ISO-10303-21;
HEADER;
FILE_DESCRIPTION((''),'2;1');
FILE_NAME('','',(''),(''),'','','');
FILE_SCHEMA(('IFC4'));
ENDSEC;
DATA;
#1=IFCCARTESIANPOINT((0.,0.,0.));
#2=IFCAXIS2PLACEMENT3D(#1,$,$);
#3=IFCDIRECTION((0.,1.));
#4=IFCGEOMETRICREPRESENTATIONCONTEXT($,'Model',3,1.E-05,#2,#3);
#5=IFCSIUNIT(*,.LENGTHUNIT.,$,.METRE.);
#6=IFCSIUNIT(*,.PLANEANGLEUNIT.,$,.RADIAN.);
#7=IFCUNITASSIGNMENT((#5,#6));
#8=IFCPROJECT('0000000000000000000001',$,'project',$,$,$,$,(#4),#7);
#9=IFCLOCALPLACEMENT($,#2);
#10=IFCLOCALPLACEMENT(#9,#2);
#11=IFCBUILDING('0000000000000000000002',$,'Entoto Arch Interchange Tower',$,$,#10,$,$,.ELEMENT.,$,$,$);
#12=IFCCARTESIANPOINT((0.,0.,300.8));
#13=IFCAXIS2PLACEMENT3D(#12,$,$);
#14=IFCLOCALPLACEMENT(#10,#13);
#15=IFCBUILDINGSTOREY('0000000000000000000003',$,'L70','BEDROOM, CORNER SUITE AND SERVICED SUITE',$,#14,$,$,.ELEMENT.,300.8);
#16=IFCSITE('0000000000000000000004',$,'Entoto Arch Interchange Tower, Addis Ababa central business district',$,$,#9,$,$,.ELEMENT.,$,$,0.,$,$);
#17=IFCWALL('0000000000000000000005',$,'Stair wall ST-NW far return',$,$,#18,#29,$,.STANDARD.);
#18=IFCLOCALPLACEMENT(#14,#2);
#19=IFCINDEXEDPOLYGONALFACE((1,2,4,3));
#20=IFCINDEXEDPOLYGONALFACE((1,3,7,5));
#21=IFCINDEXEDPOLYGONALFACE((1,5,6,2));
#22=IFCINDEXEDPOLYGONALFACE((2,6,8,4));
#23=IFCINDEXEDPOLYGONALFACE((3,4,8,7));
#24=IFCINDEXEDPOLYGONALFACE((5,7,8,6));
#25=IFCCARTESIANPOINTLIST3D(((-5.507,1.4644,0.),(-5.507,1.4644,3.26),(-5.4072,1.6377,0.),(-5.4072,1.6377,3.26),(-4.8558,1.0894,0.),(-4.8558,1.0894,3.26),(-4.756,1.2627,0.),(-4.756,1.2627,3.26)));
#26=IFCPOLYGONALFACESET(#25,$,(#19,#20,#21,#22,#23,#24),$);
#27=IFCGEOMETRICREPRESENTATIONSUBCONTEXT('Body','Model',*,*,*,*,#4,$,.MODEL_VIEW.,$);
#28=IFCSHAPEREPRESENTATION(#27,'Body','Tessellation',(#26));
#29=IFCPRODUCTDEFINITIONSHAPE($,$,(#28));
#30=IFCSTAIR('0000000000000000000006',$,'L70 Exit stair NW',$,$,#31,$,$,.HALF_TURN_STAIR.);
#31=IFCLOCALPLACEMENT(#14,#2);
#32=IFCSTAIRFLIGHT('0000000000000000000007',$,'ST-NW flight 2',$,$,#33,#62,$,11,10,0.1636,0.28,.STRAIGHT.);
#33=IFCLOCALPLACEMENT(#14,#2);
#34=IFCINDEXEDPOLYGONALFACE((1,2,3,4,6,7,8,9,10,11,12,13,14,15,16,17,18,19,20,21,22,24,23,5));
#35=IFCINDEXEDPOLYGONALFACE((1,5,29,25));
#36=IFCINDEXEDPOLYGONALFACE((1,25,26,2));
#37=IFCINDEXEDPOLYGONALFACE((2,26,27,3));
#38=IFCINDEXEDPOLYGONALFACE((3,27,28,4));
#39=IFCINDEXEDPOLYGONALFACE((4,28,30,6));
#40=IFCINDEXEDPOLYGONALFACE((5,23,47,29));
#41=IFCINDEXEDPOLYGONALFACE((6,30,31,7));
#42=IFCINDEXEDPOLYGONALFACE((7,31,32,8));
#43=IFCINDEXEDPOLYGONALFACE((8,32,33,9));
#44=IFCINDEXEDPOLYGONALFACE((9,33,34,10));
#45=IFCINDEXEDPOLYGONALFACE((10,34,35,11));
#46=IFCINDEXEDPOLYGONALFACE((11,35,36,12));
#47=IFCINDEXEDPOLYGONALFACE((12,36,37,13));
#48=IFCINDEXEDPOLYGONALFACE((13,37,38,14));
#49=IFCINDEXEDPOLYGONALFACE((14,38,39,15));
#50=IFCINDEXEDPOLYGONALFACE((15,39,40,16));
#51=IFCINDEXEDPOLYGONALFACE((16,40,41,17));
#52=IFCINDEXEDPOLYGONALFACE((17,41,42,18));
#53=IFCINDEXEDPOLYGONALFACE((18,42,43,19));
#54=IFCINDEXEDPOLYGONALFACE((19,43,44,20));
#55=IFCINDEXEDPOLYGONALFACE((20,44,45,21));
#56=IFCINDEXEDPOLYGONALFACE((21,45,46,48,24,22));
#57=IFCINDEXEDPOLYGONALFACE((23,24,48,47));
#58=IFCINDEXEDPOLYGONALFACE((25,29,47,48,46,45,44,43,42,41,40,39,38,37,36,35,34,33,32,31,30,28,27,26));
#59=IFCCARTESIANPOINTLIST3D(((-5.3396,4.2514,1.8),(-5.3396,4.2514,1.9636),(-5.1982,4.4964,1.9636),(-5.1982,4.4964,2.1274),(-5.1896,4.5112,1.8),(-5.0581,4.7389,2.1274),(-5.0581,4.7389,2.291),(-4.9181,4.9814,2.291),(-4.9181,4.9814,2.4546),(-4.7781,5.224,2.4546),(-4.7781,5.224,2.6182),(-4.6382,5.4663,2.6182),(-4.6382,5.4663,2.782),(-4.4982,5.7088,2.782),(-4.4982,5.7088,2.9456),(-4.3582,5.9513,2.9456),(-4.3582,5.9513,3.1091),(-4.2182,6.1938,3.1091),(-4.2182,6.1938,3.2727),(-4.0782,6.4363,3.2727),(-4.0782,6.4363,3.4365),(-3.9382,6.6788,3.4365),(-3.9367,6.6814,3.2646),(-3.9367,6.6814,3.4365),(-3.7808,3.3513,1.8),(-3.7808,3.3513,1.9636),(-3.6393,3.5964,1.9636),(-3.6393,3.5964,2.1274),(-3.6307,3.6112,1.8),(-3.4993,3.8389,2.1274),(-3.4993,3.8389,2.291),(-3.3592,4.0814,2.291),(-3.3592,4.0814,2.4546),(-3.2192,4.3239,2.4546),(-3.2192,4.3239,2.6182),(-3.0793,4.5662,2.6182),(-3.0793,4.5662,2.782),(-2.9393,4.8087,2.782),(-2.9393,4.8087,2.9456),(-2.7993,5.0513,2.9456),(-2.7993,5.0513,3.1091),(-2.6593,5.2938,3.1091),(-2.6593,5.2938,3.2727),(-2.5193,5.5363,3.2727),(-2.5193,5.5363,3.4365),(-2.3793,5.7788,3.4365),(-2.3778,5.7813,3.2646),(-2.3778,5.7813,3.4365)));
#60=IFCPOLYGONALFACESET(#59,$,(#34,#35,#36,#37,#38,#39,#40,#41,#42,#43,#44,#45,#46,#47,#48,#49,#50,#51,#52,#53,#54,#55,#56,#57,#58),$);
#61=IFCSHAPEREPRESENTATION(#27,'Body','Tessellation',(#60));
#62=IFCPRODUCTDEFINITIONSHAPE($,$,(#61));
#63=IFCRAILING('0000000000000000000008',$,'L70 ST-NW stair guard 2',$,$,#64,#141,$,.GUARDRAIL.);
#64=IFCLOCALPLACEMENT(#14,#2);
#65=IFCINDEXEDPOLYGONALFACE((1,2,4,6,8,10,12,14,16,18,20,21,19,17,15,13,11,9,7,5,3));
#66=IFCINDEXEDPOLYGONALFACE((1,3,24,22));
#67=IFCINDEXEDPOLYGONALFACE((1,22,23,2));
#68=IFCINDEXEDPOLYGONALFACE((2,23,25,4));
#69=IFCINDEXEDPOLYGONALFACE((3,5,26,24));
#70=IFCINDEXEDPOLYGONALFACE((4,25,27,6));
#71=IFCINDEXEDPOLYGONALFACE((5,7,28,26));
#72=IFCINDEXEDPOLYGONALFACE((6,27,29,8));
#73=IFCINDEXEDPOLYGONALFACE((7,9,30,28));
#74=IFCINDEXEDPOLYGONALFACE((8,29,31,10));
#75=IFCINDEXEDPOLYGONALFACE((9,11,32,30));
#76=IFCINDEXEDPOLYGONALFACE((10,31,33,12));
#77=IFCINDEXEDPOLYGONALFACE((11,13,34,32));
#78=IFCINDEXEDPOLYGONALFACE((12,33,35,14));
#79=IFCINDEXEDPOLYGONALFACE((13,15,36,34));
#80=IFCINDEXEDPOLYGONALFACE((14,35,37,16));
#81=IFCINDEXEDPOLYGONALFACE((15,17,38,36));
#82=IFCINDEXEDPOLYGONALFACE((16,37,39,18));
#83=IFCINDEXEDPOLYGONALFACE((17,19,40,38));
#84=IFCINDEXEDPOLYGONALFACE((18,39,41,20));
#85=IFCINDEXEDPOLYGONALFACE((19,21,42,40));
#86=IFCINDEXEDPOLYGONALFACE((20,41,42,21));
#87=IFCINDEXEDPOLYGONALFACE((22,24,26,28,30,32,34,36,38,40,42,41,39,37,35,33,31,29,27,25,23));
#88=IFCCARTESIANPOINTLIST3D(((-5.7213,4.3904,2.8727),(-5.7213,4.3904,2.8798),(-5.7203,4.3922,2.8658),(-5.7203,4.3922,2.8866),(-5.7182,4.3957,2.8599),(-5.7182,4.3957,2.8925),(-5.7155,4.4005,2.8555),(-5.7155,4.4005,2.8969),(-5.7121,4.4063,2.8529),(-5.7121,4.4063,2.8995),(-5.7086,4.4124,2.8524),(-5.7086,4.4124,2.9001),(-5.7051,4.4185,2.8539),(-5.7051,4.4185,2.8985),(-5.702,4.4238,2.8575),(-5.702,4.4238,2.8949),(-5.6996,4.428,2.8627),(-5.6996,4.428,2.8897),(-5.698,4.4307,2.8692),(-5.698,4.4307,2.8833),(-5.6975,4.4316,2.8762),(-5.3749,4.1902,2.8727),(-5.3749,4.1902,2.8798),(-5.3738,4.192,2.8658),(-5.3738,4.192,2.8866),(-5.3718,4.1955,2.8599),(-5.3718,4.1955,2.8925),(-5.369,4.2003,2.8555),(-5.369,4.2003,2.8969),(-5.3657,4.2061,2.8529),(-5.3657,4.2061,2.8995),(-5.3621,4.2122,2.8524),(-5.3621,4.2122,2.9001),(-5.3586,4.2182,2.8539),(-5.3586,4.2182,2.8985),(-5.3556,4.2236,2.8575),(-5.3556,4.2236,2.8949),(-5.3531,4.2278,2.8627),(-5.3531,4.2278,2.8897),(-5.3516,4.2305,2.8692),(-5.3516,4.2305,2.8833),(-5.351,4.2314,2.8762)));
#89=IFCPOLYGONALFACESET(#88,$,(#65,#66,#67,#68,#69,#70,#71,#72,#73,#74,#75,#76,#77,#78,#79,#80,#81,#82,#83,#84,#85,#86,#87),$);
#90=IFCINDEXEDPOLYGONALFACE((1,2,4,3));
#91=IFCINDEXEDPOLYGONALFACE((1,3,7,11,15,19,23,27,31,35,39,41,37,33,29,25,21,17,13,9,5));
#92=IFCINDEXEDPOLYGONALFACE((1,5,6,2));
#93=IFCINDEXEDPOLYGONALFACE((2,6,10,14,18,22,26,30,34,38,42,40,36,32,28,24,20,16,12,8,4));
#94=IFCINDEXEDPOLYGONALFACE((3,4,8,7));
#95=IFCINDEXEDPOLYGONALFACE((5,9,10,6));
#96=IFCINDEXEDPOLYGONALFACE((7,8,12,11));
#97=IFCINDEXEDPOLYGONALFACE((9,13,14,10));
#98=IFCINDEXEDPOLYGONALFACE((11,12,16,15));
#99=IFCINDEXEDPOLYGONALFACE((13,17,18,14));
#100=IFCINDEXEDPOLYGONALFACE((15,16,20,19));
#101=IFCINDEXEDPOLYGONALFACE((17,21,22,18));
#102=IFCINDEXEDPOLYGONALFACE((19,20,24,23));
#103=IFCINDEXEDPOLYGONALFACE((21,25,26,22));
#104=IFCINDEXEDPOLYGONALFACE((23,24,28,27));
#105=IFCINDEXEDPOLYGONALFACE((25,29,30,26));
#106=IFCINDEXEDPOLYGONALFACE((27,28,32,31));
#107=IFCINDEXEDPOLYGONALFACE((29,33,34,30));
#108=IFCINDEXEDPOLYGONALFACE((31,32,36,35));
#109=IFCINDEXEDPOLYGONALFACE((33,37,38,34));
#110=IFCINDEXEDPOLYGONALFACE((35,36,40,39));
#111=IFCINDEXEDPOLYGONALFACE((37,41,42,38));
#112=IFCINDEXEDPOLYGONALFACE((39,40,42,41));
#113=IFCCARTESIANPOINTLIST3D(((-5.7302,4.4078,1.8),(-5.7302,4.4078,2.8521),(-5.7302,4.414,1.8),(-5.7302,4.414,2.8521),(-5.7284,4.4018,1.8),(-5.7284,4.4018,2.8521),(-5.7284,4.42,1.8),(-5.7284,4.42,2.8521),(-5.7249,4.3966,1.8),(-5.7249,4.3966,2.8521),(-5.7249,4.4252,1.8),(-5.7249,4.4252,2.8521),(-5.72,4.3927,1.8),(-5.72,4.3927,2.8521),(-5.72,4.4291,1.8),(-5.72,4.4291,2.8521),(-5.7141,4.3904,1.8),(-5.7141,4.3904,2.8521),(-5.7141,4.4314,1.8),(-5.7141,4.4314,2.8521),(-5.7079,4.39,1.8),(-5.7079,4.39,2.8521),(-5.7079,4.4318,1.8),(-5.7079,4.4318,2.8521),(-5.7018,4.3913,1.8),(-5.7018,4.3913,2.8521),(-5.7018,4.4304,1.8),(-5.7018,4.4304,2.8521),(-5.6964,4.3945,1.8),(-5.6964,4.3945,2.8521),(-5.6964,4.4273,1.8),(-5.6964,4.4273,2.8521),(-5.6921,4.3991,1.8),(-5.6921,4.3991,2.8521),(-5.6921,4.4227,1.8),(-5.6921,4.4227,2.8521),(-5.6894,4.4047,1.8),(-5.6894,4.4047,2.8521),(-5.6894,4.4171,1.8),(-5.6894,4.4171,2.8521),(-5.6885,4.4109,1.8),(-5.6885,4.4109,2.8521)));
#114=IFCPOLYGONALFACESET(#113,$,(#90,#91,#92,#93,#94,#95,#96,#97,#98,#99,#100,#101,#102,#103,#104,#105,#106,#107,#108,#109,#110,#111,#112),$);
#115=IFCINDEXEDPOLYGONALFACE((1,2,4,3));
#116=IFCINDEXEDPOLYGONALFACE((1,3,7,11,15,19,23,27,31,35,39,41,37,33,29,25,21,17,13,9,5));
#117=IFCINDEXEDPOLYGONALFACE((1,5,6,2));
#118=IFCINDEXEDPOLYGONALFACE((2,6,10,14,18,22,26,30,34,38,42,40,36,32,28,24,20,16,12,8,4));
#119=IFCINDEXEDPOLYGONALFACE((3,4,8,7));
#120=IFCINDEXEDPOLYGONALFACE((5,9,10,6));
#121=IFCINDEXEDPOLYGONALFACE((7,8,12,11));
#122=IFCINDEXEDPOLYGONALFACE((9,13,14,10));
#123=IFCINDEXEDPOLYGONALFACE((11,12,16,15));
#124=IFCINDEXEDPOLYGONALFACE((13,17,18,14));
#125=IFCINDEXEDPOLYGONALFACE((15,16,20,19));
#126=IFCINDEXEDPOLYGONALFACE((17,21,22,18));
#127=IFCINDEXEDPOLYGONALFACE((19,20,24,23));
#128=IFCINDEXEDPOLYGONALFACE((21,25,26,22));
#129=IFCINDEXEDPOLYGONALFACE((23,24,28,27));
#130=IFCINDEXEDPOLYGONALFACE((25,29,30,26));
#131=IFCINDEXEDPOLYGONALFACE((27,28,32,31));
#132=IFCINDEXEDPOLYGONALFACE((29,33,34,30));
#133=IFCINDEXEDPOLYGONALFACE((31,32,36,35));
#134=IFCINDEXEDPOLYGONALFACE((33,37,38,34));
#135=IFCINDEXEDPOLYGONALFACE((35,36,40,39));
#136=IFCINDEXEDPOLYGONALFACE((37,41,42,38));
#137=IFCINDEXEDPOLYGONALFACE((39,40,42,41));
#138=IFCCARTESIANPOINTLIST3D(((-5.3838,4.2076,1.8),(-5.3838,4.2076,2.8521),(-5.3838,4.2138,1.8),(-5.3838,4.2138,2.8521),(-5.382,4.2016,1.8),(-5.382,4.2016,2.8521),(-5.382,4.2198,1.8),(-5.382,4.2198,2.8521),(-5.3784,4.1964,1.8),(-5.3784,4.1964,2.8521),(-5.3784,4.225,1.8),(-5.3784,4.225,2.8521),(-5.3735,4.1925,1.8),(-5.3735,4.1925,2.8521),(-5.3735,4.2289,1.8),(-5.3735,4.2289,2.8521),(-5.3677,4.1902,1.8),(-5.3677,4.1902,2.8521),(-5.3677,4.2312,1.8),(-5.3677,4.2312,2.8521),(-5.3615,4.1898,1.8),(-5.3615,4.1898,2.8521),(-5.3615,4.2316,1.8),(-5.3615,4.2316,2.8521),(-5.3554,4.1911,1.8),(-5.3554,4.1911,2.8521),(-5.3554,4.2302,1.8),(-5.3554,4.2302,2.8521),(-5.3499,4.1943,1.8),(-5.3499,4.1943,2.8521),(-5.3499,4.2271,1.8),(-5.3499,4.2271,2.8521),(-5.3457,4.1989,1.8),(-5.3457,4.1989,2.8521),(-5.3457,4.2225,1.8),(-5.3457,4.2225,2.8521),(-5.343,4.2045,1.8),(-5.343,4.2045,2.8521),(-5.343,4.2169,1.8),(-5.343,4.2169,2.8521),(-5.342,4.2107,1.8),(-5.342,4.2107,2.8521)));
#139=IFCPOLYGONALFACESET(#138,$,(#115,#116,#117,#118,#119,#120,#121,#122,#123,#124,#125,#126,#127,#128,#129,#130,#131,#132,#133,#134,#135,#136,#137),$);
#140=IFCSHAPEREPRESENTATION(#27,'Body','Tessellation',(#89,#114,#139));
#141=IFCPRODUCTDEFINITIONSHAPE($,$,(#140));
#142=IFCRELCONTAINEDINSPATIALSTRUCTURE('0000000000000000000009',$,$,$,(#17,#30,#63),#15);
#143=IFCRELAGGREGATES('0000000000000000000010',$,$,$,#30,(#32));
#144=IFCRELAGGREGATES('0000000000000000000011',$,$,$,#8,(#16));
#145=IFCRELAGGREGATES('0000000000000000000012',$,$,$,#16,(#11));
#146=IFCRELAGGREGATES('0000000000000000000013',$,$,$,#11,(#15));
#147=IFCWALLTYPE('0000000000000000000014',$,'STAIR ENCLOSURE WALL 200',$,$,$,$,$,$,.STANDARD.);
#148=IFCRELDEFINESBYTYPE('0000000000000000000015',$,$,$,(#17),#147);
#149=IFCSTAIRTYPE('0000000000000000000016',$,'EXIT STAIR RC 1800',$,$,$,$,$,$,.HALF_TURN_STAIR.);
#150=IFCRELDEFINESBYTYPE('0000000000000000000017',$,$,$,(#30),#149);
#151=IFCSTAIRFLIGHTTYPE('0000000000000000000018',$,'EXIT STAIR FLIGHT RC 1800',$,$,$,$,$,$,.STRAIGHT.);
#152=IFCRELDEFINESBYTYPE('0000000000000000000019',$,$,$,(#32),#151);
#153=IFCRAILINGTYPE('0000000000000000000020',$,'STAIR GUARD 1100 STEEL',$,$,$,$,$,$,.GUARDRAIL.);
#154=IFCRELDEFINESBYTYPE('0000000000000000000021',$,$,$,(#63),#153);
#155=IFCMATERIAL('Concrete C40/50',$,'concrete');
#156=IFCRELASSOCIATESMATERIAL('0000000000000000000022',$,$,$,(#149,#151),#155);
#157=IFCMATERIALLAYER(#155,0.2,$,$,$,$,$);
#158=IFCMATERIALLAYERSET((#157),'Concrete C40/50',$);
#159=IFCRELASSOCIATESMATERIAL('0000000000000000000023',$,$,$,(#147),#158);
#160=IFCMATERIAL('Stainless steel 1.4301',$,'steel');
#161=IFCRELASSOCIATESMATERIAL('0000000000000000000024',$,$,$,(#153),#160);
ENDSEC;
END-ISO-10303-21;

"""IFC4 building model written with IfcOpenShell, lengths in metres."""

from ifc_helpers import new_model, si_unit, direction, frame, frame_2d, origin, origin_2d, place, context, subcontext, project, spatial, polyline, rectangle, circle, outline, extrude, material, layer, layer_set, type_object, element, aggregate, save


model = new_model("IFC4")

# Units and contexts
model_context = context("Model", 3, precision=1e-05, world=origin(), true_north=direction((0.0, 1.0)))
body_context = subcontext(model_context, "Body", "Model", "MODEL_VIEW")
ifc_project = project(units=[si_unit("LENGTHUNIT", "METRE"), si_unit("PLANEANGLEUNIT", "RADIAN")], contexts=[model_context])

# Site, building, storey
site_placement = place(None, origin())
site = spatial("IfcSite", under=ifc_project, at=site_placement, Name="Entoto Arch Interchange Tower, Addis Ababa central business district", CompositionType="ELEMENT", RefElevation=0.0)
building_placement = place(site_placement, origin())
building = spatial("IfcBuilding", under=site, at=building_placement, Name="Entoto Arch Interchange Tower", CompositionType="ELEMENT")
storey_placement = place(building_placement, frame((0.0, 0.0, 300.8)))
storey = spatial("IfcBuildingStorey", under=building, at=storey_placement, Name="L70", Description="BEDROOM, CORNER SUITE AND SERVICED SUITE", CompositionType="ELEMENT", Elevation=300.8)

# Shared definitions
ifc_material_1 = material(Name="Concrete C40/50", Category="concrete")

# Shared definitions
stair_type = type_object("IfcStairType", Name="EXIT STAIR RC 1800", PredefinedType="HALF_TURN_STAIR", material=ifc_material_1)

# Wall
ifc_layer_1 = layer(ifc_material_1, 0.2)
ifc_layer_set_1 = layer_set([ifc_layer_1], Name="Concrete C40/50")
wall_type_1 = type_object("IfcWallType", Name="STAIR ENCLOSURE WALL 200", PredefinedType="STANDARD", material=ifc_layer_set_1)
wall_1_placement = place(storey_placement, frame((-4.8059, 1.176, 0.0), z_axis=(0.0, 0.0, 1.0), x_axis=(-0.866559, 0.499075, 0.0)))
element("IfcWall", 1, at=wall_1_placement, inside=storey, type_object=wall_type_1, Name="Stair wall ST-NW far return", PredefinedType="STANDARD", context=body_context, shape_type="SweptSolid", body=[
    extrude(rectangle(XDim=0.7515, YDim=0.2, at=frame_2d((0.3757, 0.0))), origin(), (0.0, 0.0, 1.0), 3.26),
])

# Stair, stair flight
stair_1_placement = place(storey_placement, origin())
stair_1 = element("IfcStair", 2, at=stair_1_placement, inside=storey, type_object=stair_type, Name="L70 Exit stair NW", PredefinedType="HALF_TURN_STAIR")
stair_flight_type = type_object("IfcStairFlightType", Name="EXIT STAIR FLIGHT RC 1800", PredefinedType="STRAIGHT", material=ifc_material_1)
stair_flight_placement = place(storey_placement, frame((-4.5588, 3.804, 1.8), z_axis=(0.0, 0.0, 1.0), x_axis=(0.5, 0.866025, 0.0)))
stair_flight = element("IfcStairFlight", 3, at=stair_flight_placement, type_object=stair_flight_type, Name="ST-NW flight 2", NumberOfRisers=11, NumberOfTreads=10, PredefinedType="STRAIGHT", RiserHeight=0.1636, TreadLength=0.28, context=body_context, shape_type="SweptSolid", body=[
    extrude(outline(polyline([(-0.0029, 0.0), (-0.0029, 0.1636), (0.28, 0.1636), (0.28, 0.3274), (0.5601, 0.3274), (0.5601, 0.491), (0.8401, 0.491), (0.8401, 0.6545), (1.1201, 0.6545), (1.1201, 0.8181), (1.3999, 0.8181), (1.3999, 0.9819), (1.6799, 0.9819), (1.6799, 1.1455), (1.96, 1.1455), (1.96, 1.3091), (2.24, 1.3091), (2.24, 1.4727), (2.52, 1.4727), (2.52, 1.6365), (2.8, 1.6365), (2.803, 1.6365), (2.803, 1.4646), (0.2971, 0.0), (-0.0029, 0.0)])), frame((0.0, 0.8999, 0.0), z_axis=(0.0, -1.0, 0.0), x_axis=(1.0, 0.0, 0.0)), (0.0, 0.0, 1.0), 1.8),
])
aggregate(stair_1, [stair_flight])

# Railing
ifc_material_2 = material(Name="Stainless steel 1.4301", Category="steel")
railing_type_1 = type_object("IfcRailingType", Name="STAIR GUARD 1100 STEEL", PredefinedType="GUARDRAIL", material=ifc_material_2)
railing_1_placement = place(storey_placement, frame((-5.7095, 4.4109, 1.8)))
element("IfcRailing", 4, at=railing_1_placement, inside=storey, type_object=railing_type_1, Name="L70 ST-NW stair guard 2", PredefinedType="GUARDRAIL", context=body_context, shape_type="SweptSolid", body=[
    extrude(circle(Radius=0.0239, at=origin_2d()), frame((0.0, 0.0, 1.0762), z_axis=(0.86583, -0.500339, 0.0), x_axis=(0.500339, 0.86583, 0.0)), (0.0, 0.0, 1.0), 0.4001),
    extrude(circle(Radius=0.021, at=origin_2d()), origin(), (0.0, 0.0, 1.0), 1.052),
    extrude(circle(Radius=0.021, at=origin_2d()), frame((0.3464, -0.2002, 0.0)), (0.0, 0.0, 1.0), 1.052),
])

save(model, "model.ifc")
